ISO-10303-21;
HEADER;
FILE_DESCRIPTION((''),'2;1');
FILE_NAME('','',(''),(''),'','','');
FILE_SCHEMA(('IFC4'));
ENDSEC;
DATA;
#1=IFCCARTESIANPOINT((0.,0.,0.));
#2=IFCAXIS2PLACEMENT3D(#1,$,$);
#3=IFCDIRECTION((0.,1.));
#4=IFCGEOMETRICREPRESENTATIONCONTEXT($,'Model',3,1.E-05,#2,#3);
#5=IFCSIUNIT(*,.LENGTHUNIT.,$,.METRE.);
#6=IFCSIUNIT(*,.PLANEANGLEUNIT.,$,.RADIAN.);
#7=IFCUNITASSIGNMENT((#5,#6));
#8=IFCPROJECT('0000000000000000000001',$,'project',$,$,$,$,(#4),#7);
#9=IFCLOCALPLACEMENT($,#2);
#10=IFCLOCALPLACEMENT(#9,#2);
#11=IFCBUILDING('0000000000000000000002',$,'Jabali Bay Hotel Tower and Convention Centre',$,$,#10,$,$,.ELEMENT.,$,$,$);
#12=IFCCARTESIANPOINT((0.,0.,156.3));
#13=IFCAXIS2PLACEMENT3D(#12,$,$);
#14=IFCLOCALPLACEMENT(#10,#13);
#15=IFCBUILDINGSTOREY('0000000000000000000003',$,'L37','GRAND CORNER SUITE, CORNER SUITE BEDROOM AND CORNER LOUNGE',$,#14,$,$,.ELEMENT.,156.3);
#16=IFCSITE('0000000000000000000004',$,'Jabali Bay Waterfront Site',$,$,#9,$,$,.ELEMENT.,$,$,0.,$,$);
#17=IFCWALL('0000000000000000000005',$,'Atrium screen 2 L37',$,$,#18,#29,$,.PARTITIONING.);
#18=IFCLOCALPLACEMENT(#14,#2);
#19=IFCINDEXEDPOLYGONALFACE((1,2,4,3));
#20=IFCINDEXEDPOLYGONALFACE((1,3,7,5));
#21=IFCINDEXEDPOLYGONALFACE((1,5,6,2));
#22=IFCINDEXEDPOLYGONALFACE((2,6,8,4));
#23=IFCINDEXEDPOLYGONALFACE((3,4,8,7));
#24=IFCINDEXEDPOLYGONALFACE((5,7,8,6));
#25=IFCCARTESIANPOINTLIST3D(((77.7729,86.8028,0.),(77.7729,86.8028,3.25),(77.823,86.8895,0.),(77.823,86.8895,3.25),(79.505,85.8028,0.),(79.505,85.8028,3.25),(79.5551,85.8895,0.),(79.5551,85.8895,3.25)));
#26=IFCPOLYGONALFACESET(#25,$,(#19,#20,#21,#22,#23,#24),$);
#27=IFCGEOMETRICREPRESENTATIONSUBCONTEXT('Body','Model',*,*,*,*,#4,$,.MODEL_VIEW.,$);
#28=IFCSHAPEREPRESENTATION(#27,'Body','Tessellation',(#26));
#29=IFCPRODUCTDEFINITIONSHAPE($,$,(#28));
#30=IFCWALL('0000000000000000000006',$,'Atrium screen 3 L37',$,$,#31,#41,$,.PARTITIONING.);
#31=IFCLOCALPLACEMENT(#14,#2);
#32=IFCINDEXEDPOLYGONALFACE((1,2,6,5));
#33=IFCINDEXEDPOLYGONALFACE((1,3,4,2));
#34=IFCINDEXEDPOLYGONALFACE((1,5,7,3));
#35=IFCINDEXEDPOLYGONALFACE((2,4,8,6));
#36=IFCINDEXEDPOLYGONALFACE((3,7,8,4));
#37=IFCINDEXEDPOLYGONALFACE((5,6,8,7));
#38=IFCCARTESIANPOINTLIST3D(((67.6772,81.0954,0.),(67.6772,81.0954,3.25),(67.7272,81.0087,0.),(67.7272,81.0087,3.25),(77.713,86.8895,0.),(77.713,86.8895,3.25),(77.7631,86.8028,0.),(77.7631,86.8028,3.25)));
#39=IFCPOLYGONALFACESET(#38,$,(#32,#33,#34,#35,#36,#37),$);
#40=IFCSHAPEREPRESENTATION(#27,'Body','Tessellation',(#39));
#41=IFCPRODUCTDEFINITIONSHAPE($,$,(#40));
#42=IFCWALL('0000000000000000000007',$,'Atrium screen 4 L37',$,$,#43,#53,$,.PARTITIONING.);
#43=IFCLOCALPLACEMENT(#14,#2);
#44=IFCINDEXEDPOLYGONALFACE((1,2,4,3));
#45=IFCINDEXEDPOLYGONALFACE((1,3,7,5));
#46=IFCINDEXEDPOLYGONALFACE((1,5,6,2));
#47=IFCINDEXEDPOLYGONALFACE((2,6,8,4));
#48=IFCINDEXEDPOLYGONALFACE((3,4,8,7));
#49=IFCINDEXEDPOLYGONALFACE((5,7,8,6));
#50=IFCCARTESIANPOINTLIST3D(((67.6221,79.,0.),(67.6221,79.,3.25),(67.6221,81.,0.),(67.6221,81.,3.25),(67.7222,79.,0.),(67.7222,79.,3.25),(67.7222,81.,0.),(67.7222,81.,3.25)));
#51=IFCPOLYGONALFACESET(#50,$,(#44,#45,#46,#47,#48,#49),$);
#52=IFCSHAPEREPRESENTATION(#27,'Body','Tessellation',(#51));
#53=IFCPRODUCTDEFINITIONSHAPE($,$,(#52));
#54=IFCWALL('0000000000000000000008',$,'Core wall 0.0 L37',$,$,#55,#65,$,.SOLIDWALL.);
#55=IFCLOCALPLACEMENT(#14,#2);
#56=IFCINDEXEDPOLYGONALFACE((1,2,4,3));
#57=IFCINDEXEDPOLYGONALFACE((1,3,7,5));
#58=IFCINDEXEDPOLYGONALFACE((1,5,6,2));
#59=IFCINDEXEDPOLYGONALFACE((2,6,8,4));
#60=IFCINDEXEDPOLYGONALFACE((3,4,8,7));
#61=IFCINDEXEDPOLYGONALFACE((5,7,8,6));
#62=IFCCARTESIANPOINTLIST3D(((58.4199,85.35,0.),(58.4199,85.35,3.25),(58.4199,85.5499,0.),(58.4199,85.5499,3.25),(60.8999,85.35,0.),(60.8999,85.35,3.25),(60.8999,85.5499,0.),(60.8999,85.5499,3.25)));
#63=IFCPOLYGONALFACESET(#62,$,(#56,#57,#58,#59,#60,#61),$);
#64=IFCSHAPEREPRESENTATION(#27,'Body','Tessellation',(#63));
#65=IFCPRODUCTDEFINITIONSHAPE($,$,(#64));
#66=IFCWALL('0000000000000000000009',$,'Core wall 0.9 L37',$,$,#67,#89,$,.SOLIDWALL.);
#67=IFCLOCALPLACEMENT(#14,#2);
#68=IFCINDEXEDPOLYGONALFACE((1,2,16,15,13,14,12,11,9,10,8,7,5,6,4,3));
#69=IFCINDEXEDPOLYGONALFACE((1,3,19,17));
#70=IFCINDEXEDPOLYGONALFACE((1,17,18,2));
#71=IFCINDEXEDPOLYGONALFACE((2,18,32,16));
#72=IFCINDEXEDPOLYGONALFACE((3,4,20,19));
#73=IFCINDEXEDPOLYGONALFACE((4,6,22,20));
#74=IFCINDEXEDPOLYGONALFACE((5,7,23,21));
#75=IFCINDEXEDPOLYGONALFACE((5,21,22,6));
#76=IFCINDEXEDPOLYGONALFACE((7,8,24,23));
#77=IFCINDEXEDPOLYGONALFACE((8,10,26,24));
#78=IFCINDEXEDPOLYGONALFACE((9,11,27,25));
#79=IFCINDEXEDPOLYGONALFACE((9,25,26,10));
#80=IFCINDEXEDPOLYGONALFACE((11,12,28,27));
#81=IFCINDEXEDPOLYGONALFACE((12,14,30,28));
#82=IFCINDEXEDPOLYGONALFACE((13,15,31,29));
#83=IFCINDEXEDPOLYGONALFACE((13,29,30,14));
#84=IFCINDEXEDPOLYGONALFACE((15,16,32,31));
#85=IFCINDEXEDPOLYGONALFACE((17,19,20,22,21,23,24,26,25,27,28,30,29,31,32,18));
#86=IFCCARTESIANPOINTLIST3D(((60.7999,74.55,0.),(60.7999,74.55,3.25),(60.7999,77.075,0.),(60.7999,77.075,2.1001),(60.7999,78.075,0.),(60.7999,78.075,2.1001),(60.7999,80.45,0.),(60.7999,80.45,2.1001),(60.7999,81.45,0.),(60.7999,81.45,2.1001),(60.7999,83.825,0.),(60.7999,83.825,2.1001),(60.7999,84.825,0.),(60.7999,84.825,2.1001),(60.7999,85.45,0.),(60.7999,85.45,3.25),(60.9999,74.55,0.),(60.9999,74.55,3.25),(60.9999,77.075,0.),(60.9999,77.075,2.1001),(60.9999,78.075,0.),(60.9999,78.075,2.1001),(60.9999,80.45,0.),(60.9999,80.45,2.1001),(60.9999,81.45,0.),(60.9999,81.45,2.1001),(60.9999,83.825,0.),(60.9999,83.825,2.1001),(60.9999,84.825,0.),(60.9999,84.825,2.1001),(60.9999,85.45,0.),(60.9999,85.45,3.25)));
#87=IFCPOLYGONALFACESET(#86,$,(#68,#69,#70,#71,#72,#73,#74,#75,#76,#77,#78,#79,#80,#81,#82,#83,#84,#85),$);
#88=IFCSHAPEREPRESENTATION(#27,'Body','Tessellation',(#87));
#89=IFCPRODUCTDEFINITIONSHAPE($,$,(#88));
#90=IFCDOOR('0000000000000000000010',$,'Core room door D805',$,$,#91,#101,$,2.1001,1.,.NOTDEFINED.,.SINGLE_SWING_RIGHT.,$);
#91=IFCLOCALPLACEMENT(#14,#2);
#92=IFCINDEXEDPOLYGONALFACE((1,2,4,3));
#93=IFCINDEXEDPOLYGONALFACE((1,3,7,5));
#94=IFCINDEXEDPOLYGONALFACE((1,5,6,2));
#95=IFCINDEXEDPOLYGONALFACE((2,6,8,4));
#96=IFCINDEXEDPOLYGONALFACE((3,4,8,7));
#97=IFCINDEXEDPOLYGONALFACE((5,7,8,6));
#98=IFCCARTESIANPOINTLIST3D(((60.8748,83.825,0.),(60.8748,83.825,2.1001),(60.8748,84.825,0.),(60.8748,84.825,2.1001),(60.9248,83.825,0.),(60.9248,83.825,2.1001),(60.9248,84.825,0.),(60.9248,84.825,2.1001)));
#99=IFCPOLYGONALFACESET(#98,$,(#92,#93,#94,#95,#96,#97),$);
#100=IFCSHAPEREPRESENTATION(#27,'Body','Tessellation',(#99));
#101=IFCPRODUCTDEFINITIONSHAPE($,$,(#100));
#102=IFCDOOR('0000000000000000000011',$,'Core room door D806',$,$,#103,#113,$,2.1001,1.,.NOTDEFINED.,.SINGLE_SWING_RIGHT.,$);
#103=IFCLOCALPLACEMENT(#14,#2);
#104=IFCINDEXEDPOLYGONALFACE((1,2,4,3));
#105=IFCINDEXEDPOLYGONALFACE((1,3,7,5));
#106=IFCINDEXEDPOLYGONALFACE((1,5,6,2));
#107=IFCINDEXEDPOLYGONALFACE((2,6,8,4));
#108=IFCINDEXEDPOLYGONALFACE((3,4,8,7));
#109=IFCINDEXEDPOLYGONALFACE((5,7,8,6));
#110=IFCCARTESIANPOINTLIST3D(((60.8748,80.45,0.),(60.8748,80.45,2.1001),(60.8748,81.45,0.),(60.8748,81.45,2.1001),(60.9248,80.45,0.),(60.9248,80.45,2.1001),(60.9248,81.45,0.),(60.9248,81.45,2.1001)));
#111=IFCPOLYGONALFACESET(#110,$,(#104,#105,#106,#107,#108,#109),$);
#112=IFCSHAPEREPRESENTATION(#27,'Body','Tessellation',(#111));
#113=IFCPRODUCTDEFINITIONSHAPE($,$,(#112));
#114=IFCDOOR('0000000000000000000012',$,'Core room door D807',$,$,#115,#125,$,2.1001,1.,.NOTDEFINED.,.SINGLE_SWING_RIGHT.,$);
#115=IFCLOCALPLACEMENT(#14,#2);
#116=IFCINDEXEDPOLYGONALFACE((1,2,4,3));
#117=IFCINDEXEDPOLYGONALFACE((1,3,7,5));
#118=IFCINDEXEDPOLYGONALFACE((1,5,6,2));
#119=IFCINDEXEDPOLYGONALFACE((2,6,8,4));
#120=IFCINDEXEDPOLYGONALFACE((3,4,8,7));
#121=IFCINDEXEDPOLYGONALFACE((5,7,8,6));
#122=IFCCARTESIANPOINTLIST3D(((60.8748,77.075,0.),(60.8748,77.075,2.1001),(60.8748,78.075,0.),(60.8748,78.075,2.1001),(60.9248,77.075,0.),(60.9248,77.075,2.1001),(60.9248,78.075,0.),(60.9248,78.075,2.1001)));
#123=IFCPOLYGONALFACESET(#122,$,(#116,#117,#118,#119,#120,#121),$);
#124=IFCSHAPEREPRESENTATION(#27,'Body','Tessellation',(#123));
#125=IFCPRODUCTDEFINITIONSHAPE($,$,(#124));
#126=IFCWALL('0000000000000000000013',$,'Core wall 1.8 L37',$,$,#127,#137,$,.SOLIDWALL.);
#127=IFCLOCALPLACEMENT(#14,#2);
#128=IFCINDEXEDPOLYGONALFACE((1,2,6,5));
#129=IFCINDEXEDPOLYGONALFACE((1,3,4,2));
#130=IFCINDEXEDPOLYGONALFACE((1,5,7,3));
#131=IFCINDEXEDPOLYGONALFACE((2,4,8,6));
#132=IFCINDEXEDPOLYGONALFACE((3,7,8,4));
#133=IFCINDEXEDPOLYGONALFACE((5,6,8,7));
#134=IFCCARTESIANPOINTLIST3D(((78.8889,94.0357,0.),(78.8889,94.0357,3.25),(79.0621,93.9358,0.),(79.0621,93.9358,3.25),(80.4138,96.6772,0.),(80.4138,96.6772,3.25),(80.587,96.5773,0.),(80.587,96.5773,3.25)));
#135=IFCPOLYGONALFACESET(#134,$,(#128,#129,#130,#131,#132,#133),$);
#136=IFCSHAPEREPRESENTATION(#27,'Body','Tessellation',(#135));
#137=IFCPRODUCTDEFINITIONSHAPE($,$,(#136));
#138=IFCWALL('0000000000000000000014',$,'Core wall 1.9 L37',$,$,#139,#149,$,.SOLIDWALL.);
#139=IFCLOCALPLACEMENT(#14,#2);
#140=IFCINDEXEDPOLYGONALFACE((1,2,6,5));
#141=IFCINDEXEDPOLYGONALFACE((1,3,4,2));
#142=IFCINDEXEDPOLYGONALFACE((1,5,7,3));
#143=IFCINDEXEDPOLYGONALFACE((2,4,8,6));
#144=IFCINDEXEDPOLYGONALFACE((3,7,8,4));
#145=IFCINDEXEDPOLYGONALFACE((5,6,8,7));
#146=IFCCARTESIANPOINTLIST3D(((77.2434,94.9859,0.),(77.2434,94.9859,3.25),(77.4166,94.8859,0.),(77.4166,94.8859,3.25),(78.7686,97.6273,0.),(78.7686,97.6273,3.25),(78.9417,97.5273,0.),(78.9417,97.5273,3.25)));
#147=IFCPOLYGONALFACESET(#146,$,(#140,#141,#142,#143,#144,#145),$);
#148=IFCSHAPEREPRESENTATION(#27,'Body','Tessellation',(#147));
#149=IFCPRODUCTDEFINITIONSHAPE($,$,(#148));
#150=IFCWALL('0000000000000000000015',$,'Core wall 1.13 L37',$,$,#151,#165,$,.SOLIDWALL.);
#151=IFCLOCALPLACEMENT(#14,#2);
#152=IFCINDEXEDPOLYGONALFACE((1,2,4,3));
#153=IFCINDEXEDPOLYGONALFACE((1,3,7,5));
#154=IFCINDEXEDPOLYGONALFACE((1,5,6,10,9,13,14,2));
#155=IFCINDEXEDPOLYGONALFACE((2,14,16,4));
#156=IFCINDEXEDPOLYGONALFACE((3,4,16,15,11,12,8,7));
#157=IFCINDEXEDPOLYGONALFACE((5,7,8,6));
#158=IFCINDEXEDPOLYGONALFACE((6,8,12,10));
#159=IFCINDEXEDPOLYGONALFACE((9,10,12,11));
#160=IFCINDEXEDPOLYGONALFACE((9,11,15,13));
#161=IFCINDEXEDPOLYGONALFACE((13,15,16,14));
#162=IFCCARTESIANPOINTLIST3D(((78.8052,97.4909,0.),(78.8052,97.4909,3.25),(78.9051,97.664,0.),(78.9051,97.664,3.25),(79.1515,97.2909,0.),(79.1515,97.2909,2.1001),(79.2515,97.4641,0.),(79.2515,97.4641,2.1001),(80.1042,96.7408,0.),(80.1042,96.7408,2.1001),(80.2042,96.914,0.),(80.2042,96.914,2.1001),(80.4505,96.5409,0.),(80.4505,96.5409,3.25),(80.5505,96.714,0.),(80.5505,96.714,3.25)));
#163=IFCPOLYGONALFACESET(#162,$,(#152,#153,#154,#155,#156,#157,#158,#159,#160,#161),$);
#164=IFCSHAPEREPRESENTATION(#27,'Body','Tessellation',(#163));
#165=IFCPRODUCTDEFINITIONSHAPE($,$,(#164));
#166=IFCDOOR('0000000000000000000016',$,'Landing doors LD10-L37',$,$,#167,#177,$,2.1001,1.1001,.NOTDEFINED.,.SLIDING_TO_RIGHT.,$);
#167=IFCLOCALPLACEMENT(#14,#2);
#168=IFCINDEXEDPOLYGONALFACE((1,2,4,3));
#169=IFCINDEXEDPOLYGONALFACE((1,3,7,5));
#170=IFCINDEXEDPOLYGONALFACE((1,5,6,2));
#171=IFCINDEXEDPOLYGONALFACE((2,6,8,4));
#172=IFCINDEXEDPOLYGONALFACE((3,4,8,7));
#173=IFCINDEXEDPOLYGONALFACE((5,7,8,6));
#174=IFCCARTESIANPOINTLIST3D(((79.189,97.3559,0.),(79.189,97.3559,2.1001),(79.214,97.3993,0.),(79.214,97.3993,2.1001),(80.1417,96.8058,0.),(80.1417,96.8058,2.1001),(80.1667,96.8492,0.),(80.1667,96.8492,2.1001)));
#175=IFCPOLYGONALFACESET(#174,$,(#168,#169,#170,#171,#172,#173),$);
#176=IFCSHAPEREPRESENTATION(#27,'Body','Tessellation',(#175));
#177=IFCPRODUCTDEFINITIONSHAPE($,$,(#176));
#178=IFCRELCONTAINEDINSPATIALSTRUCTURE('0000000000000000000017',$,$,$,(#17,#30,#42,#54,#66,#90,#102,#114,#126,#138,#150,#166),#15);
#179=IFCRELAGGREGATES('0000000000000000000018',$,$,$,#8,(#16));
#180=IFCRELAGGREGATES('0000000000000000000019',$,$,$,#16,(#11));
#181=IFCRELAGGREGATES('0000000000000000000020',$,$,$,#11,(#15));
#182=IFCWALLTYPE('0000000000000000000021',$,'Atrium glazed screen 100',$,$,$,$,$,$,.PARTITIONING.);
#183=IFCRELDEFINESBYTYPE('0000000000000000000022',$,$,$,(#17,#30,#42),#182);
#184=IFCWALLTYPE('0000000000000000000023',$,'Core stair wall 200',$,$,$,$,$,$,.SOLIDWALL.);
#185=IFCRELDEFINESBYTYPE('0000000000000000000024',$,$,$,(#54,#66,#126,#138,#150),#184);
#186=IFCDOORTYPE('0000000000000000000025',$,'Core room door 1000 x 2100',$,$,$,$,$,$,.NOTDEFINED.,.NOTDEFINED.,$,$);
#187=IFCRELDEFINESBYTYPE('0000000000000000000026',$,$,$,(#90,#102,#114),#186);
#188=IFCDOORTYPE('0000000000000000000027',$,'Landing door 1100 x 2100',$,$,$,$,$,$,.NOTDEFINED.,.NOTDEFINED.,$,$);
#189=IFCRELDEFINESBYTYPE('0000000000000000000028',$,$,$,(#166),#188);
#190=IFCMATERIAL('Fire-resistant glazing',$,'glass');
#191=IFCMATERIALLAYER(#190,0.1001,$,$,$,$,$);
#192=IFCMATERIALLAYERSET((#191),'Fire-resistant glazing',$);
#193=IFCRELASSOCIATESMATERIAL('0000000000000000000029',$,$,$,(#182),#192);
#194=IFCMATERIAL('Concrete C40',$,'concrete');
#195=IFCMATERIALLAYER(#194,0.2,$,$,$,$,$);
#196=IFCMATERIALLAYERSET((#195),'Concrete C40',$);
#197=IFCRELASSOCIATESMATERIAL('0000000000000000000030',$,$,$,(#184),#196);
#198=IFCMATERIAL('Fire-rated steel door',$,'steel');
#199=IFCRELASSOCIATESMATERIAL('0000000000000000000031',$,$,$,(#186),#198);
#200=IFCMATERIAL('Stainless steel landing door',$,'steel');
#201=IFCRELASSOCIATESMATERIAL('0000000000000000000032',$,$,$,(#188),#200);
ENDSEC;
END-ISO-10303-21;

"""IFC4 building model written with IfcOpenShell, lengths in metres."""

from ifc_helpers import new_model, si_unit, direction, frame, frame_2d, origin, place, context, subcontext, project, spatial, rectangle, extrude, material, layer, layer_set, type_object, element, fill, save


model = new_model("IFC4")

# Units and contexts
model_context = context("Model", 3, precision=1e-05, world=origin(), true_north=direction((0.0, 1.0)))
body_context = subcontext(model_context, "Body", "Model", "MODEL_VIEW")
ifc_project = project(units=[si_unit("LENGTHUNIT", "METRE"), si_unit("PLANEANGLEUNIT", "RADIAN")], contexts=[model_context])

# Site, building, storey
site_placement = place(None, origin())
site = spatial("IfcSite", under=ifc_project, at=site_placement, Name="Jabali Bay Waterfront Site", CompositionType="ELEMENT", RefElevation=0.0)
building_placement = place(site_placement, origin())
building = spatial("IfcBuilding", under=site, at=building_placement, Name="Jabali Bay Hotel Tower and Convention Centre", CompositionType="ELEMENT")
storey_placement = place(building_placement, frame((0.0, 0.0, 156.3)))
storey = spatial("IfcBuildingStorey", under=building, at=storey_placement, Name="L37", Description="GRAND CORNER SUITE, CORNER SUITE BEDROOM AND CORNER LOUNGE", CompositionType="ELEMENT", Elevation=156.3)

# Walls
ifc_material_1 = material(Name="Fire-resistant glazing", Category="glass")
ifc_layer_1 = layer(ifc_material_1, 0.1001)
ifc_layer_set_1 = layer_set([ifc_layer_1], Name="Fire-resistant glazing")
wall_type_1 = type_object("IfcWallType", Name="Atrium glazed screen 100", PredefinedType="PARTITIONING", material=ifc_layer_set_1)
wall_1_placement = place(storey_placement, frame((79.53, 85.8462, 0.0), z_axis=(0.0, 0.0, 1.0), x_axis=(-0.866041, 0.499973, 0.0)))
element("IfcWall", 1, at=wall_1_placement, inside=storey, type_object=wall_type_1, Name="Atrium screen 2 L37", PredefinedType="PARTITIONING", context=body_context, shape_type="SweptSolid", body=[
    extrude(rectangle(XDim=2.0, YDim=0.1001, at=frame_2d((1.0, 0.0))), origin(), (0.0, 0.0, 1.0), 3.25),
])
wall_2_placement = place(storey_placement, frame((77.738, 86.8462, 0.0), z_axis=(0.0, 0.0, 1.0), x_axis=(-0.866027, -0.499998, 0.0)))
element("IfcWall", 2, at=wall_2_placement, inside=storey, type_object=wall_type_1, Name="Atrium screen 3 L37", PredefinedType="PARTITIONING", context=body_context, shape_type="SweptSolid", body=[
    extrude(rectangle(XDim=11.5884, YDim=0.1001, at=frame_2d((5.7942, 0.0))), origin(), (0.0, 0.0, 1.0), 3.25),
])
wall_3_placement = place(storey_placement, frame((67.6721, 81.0, 0.0), z_axis=(0.0, 0.0, 1.0), x_axis=(0.0, -1.0, 0.0)))
element("IfcWall", 3, at=wall_3_placement, inside=storey, type_object=wall_type_1, Name="Atrium screen 4 L37", PredefinedType="PARTITIONING", context=body_context, shape_type="SweptSolid", body=[
    extrude(rectangle(XDim=2.0, YDim=0.1001, at=frame_2d((1.0, 0.0))), origin(), (0.0, 0.0, 1.0), 3.25),
])
ifc_material_2 = material(Name="Concrete C40", Category="concrete")
ifc_layer_2 = layer(ifc_material_2, 0.2)
ifc_layer_set_2 = layer_set([ifc_layer_2], Name="Concrete C40")
wall_type_2 = type_object("IfcWallType", Name="Core stair wall 200", PredefinedType="SOLIDWALL", material=ifc_layer_set_2)
wall_4_placement = place(storey_placement, frame((60.8999, 85.45, 0.0), z_axis=(0.0, 0.0, 1.0), x_axis=(-1.0, 0.0, 0.0)))
element("IfcWall", 4, at=wall_4_placement, inside=storey, type_object=wall_type_2, Name="Core wall 0.0 L37", PredefinedType="SOLIDWALL", context=body_context, shape_type="SweptSolid", body=[
    extrude(rectangle(XDim=2.48, YDim=0.2, at=frame_2d((1.24, 0.0))), origin(), (0.0, 0.0, 1.0), 3.25),
])

# Wall, openings, doors
wall_5_placement = place(storey_placement, frame((60.8999, 85.45, 0.0), z_axis=(0.0, 0.0, 1.0), x_axis=(0.0, -1.0, 0.0)))
wall_5 = element("IfcWall", 5, at=wall_5_placement, inside=storey, type_object=wall_type_2, Name="Core wall 0.9 L37", PredefinedType="SOLIDWALL", context=body_context, shape_type="SweptSolid", body=[
    extrude(rectangle(XDim=10.8999, YDim=0.2, at=frame_2d((5.45, 0.0))), origin(), (0.0, 0.0, 1.0), 3.25),
])
opening_1_placement = place(wall_5_placement, frame((0.625, 0.0, 0.0)))
opening_1 = element("IfcOpeningElement", 6, at=opening_1_placement, cuts=wall_5, PredefinedType="OPENING", context=body_context, shape_type="SweptSolid", body=[
    extrude(rectangle(XDim=1.0, YDim=2.1001, at=frame_2d((0.5, 1.05))), frame((0.0, 0.1104, 0.0), z_axis=(0.0, -1.0, 0.0), x_axis=(1.0, 0.0, 0.0)), (0.0, 0.0, 1.0), 0.2209),
])
opening_2_placement = place(wall_5_placement, frame((4.0, 0.0, 0.0)))
opening_2 = element("IfcOpeningElement", 7, at=opening_2_placement, cuts=wall_5, PredefinedType="OPENING", context=body_context, shape_type="SweptSolid", body=[
    extrude(rectangle(XDim=1.0, YDim=2.1001, at=frame_2d((0.5, 1.05))), frame((0.0, 0.1104, 0.0), z_axis=(0.0, -1.0, 0.0), x_axis=(1.0, 0.0, 0.0)), (0.0, 0.0, 1.0), 0.2209),
])
opening_3_placement = place(wall_5_placement, frame((7.375, 0.0, 0.0)))
opening_3 = element("IfcOpeningElement", 8, at=opening_3_placement, cuts=wall_5, PredefinedType="OPENING", context=body_context, shape_type="SweptSolid", body=[
    extrude(rectangle(XDim=1.0, YDim=2.1001, at=frame_2d((0.5, 1.05))), frame((0.0, 0.1104, 0.0), z_axis=(0.0, -1.0, 0.0), x_axis=(1.0, 0.0, 0.0)), (0.0, 0.0, 1.0), 0.2209),
])
ifc_material_3 = material(Name="Fire-rated steel door", Category="steel")
door_type_1 = type_object("IfcDoorType", Name="Core room door 1000 x 2100", OperationType="NOTDEFINED", PredefinedType="NOTDEFINED", material=ifc_material_3)
door_1_placement = place(opening_1_placement, origin())
door_1 = element("IfcDoor", 9, at=door_1_placement, inside=storey, type_object=door_type_1, Name="Core room door D805", OperationType="SINGLE_SWING_RIGHT", OverallHeight=2.1001, OverallWidth=1.0, PredefinedType="NOTDEFINED", context=body_context, shape_type="SweptSolid", body=[
    extrude(rectangle(XDim=1.0, YDim=2.1001, at=frame_2d((0.5, 1.05))), frame((0.0, 0.0249, 0.0), z_axis=(0.0, -1.0, 0.0), x_axis=(1.0, 0.0, 0.0)), (0.0, 0.0, 1.0), 0.05),
])
fill(opening_1, door_1)
door_2_placement = place(opening_2_placement, origin())
door_2 = element("IfcDoor", 10, at=door_2_placement, inside=storey, type_object=door_type_1, Name="Core room door D806", OperationType="SINGLE_SWING_RIGHT", OverallHeight=2.1001, OverallWidth=1.0, PredefinedType="NOTDEFINED", context=body_context, shape_type="SweptSolid", body=[
    extrude(rectangle(XDim=1.0, YDim=2.1001, at=frame_2d((0.5, 1.05))), frame((0.0, 0.0249, 0.0), z_axis=(0.0, -1.0, 0.0), x_axis=(1.0, 0.0, 0.0)), (0.0, 0.0, 1.0), 0.05),
])
fill(opening_2, door_2)
door_3_placement = place(opening_3_placement, origin())
door_3 = element("IfcDoor", 11, at=door_3_placement, inside=storey, type_object=door_type_1, Name="Core room door D807", OperationType="SINGLE_SWING_RIGHT", OverallHeight=2.1001, OverallWidth=1.0, PredefinedType="NOTDEFINED", context=body_context, shape_type="SweptSolid", body=[
    extrude(rectangle(XDim=1.0, YDim=2.1001, at=frame_2d((0.5, 1.05))), frame((0.0, 0.0249, 0.0), z_axis=(0.0, -1.0, 0.0), x_axis=(1.0, 0.0, 0.0)), (0.0, 0.0, 1.0), 0.05),
])
fill(opening_3, door_3)

# Walls
for number, where, z_axis, x_axis, name in (
    (12, (78.9756, 93.9858, 0.0), (0.0, 0.0, 1.0), (0.499944, 0.866058, 0.0), "Core wall 1.8 L37"),
    (13, (77.3301, 94.936, 0.0), (0.0, 0.0, 1.0), (0.500039, 0.866003, 0.0), "Core wall 1.9 L37"),
):
    element("IfcWall", number, at=place(storey_placement, frame(where, z_axis=z_axis, x_axis=x_axis)), inside=storey, type_object=wall_type_2, Name=name, PredefinedType="SOLIDWALL", context=body_context, shape_type="SweptSolid", body=[
        extrude(rectangle(XDim=3.05, YDim=0.2, at=frame_2d((1.5249, 0.0))), origin(), (0.0, 0.0, 1.0), 3.25),
    ])

# Wall, opening, door
wall_6_placement = place(storey_placement, frame((80.5005, 96.6274, 0.0), z_axis=(0.0, 0.0, 1.0), x_axis=(-0.866012, 0.500023, 0.0)))
wall_6 = element("IfcWall", 14, at=wall_6_placement, inside=storey, type_object=wall_type_2, Name="Core wall 1.13 L37", PredefinedType="SOLIDWALL", context=body_context, shape_type="SweptSolid", body=[
    extrude(rectangle(XDim=1.8999, YDim=0.2, at=frame_2d((0.95, 0.0))), origin(), (0.0, 0.0, 1.0), 3.25),
])
opening_4_placement = place(wall_6_placement, frame((0.3999, 0.0, 0.0)))
opening_4 = element("IfcOpeningElement", 15, at=opening_4_placement, cuts=wall_6, PredefinedType="OPENING", context=body_context, shape_type="SweptSolid", body=[
    extrude(rectangle(XDim=1.1001, YDim=2.1001, at=frame_2d((0.55, 1.05))), frame((0.0, 0.1104, 0.0), z_axis=(0.0, -1.0, 0.0), x_axis=(1.0, 0.0, 0.0)), (0.0, 0.0, 1.0), 0.2209),
])
ifc_material_4 = material(Name="Stainless steel landing door", Category="steel")
door_type_2 = type_object("IfcDoorType", Name="Landing door 1100 x 2100", OperationType="NOTDEFINED", PredefinedType="NOTDEFINED", material=ifc_material_4)
door_4_placement = place(opening_4_placement, origin())
door_4 = element("IfcDoor", 16, at=door_4_placement, inside=storey, type_object=door_type_2, Name="Landing doors LD10-L37", OperationType="SLIDING_TO_RIGHT", OverallHeight=2.1001, OverallWidth=1.1001, PredefinedType="NOTDEFINED", context=body_context, shape_type="SweptSolid", body=[
    extrude(rectangle(XDim=1.1001, YDim=2.1001, at=frame_2d((0.55, 1.05))), frame((0.0, 0.0249, 0.0), z_axis=(0.0, -1.0, 0.0), x_axis=(1.0, 0.0, 0.0)), (0.0, 0.0, 1.0), 0.05),
])
fill(opening_4, door_4)

save(model, "model.ifc")
